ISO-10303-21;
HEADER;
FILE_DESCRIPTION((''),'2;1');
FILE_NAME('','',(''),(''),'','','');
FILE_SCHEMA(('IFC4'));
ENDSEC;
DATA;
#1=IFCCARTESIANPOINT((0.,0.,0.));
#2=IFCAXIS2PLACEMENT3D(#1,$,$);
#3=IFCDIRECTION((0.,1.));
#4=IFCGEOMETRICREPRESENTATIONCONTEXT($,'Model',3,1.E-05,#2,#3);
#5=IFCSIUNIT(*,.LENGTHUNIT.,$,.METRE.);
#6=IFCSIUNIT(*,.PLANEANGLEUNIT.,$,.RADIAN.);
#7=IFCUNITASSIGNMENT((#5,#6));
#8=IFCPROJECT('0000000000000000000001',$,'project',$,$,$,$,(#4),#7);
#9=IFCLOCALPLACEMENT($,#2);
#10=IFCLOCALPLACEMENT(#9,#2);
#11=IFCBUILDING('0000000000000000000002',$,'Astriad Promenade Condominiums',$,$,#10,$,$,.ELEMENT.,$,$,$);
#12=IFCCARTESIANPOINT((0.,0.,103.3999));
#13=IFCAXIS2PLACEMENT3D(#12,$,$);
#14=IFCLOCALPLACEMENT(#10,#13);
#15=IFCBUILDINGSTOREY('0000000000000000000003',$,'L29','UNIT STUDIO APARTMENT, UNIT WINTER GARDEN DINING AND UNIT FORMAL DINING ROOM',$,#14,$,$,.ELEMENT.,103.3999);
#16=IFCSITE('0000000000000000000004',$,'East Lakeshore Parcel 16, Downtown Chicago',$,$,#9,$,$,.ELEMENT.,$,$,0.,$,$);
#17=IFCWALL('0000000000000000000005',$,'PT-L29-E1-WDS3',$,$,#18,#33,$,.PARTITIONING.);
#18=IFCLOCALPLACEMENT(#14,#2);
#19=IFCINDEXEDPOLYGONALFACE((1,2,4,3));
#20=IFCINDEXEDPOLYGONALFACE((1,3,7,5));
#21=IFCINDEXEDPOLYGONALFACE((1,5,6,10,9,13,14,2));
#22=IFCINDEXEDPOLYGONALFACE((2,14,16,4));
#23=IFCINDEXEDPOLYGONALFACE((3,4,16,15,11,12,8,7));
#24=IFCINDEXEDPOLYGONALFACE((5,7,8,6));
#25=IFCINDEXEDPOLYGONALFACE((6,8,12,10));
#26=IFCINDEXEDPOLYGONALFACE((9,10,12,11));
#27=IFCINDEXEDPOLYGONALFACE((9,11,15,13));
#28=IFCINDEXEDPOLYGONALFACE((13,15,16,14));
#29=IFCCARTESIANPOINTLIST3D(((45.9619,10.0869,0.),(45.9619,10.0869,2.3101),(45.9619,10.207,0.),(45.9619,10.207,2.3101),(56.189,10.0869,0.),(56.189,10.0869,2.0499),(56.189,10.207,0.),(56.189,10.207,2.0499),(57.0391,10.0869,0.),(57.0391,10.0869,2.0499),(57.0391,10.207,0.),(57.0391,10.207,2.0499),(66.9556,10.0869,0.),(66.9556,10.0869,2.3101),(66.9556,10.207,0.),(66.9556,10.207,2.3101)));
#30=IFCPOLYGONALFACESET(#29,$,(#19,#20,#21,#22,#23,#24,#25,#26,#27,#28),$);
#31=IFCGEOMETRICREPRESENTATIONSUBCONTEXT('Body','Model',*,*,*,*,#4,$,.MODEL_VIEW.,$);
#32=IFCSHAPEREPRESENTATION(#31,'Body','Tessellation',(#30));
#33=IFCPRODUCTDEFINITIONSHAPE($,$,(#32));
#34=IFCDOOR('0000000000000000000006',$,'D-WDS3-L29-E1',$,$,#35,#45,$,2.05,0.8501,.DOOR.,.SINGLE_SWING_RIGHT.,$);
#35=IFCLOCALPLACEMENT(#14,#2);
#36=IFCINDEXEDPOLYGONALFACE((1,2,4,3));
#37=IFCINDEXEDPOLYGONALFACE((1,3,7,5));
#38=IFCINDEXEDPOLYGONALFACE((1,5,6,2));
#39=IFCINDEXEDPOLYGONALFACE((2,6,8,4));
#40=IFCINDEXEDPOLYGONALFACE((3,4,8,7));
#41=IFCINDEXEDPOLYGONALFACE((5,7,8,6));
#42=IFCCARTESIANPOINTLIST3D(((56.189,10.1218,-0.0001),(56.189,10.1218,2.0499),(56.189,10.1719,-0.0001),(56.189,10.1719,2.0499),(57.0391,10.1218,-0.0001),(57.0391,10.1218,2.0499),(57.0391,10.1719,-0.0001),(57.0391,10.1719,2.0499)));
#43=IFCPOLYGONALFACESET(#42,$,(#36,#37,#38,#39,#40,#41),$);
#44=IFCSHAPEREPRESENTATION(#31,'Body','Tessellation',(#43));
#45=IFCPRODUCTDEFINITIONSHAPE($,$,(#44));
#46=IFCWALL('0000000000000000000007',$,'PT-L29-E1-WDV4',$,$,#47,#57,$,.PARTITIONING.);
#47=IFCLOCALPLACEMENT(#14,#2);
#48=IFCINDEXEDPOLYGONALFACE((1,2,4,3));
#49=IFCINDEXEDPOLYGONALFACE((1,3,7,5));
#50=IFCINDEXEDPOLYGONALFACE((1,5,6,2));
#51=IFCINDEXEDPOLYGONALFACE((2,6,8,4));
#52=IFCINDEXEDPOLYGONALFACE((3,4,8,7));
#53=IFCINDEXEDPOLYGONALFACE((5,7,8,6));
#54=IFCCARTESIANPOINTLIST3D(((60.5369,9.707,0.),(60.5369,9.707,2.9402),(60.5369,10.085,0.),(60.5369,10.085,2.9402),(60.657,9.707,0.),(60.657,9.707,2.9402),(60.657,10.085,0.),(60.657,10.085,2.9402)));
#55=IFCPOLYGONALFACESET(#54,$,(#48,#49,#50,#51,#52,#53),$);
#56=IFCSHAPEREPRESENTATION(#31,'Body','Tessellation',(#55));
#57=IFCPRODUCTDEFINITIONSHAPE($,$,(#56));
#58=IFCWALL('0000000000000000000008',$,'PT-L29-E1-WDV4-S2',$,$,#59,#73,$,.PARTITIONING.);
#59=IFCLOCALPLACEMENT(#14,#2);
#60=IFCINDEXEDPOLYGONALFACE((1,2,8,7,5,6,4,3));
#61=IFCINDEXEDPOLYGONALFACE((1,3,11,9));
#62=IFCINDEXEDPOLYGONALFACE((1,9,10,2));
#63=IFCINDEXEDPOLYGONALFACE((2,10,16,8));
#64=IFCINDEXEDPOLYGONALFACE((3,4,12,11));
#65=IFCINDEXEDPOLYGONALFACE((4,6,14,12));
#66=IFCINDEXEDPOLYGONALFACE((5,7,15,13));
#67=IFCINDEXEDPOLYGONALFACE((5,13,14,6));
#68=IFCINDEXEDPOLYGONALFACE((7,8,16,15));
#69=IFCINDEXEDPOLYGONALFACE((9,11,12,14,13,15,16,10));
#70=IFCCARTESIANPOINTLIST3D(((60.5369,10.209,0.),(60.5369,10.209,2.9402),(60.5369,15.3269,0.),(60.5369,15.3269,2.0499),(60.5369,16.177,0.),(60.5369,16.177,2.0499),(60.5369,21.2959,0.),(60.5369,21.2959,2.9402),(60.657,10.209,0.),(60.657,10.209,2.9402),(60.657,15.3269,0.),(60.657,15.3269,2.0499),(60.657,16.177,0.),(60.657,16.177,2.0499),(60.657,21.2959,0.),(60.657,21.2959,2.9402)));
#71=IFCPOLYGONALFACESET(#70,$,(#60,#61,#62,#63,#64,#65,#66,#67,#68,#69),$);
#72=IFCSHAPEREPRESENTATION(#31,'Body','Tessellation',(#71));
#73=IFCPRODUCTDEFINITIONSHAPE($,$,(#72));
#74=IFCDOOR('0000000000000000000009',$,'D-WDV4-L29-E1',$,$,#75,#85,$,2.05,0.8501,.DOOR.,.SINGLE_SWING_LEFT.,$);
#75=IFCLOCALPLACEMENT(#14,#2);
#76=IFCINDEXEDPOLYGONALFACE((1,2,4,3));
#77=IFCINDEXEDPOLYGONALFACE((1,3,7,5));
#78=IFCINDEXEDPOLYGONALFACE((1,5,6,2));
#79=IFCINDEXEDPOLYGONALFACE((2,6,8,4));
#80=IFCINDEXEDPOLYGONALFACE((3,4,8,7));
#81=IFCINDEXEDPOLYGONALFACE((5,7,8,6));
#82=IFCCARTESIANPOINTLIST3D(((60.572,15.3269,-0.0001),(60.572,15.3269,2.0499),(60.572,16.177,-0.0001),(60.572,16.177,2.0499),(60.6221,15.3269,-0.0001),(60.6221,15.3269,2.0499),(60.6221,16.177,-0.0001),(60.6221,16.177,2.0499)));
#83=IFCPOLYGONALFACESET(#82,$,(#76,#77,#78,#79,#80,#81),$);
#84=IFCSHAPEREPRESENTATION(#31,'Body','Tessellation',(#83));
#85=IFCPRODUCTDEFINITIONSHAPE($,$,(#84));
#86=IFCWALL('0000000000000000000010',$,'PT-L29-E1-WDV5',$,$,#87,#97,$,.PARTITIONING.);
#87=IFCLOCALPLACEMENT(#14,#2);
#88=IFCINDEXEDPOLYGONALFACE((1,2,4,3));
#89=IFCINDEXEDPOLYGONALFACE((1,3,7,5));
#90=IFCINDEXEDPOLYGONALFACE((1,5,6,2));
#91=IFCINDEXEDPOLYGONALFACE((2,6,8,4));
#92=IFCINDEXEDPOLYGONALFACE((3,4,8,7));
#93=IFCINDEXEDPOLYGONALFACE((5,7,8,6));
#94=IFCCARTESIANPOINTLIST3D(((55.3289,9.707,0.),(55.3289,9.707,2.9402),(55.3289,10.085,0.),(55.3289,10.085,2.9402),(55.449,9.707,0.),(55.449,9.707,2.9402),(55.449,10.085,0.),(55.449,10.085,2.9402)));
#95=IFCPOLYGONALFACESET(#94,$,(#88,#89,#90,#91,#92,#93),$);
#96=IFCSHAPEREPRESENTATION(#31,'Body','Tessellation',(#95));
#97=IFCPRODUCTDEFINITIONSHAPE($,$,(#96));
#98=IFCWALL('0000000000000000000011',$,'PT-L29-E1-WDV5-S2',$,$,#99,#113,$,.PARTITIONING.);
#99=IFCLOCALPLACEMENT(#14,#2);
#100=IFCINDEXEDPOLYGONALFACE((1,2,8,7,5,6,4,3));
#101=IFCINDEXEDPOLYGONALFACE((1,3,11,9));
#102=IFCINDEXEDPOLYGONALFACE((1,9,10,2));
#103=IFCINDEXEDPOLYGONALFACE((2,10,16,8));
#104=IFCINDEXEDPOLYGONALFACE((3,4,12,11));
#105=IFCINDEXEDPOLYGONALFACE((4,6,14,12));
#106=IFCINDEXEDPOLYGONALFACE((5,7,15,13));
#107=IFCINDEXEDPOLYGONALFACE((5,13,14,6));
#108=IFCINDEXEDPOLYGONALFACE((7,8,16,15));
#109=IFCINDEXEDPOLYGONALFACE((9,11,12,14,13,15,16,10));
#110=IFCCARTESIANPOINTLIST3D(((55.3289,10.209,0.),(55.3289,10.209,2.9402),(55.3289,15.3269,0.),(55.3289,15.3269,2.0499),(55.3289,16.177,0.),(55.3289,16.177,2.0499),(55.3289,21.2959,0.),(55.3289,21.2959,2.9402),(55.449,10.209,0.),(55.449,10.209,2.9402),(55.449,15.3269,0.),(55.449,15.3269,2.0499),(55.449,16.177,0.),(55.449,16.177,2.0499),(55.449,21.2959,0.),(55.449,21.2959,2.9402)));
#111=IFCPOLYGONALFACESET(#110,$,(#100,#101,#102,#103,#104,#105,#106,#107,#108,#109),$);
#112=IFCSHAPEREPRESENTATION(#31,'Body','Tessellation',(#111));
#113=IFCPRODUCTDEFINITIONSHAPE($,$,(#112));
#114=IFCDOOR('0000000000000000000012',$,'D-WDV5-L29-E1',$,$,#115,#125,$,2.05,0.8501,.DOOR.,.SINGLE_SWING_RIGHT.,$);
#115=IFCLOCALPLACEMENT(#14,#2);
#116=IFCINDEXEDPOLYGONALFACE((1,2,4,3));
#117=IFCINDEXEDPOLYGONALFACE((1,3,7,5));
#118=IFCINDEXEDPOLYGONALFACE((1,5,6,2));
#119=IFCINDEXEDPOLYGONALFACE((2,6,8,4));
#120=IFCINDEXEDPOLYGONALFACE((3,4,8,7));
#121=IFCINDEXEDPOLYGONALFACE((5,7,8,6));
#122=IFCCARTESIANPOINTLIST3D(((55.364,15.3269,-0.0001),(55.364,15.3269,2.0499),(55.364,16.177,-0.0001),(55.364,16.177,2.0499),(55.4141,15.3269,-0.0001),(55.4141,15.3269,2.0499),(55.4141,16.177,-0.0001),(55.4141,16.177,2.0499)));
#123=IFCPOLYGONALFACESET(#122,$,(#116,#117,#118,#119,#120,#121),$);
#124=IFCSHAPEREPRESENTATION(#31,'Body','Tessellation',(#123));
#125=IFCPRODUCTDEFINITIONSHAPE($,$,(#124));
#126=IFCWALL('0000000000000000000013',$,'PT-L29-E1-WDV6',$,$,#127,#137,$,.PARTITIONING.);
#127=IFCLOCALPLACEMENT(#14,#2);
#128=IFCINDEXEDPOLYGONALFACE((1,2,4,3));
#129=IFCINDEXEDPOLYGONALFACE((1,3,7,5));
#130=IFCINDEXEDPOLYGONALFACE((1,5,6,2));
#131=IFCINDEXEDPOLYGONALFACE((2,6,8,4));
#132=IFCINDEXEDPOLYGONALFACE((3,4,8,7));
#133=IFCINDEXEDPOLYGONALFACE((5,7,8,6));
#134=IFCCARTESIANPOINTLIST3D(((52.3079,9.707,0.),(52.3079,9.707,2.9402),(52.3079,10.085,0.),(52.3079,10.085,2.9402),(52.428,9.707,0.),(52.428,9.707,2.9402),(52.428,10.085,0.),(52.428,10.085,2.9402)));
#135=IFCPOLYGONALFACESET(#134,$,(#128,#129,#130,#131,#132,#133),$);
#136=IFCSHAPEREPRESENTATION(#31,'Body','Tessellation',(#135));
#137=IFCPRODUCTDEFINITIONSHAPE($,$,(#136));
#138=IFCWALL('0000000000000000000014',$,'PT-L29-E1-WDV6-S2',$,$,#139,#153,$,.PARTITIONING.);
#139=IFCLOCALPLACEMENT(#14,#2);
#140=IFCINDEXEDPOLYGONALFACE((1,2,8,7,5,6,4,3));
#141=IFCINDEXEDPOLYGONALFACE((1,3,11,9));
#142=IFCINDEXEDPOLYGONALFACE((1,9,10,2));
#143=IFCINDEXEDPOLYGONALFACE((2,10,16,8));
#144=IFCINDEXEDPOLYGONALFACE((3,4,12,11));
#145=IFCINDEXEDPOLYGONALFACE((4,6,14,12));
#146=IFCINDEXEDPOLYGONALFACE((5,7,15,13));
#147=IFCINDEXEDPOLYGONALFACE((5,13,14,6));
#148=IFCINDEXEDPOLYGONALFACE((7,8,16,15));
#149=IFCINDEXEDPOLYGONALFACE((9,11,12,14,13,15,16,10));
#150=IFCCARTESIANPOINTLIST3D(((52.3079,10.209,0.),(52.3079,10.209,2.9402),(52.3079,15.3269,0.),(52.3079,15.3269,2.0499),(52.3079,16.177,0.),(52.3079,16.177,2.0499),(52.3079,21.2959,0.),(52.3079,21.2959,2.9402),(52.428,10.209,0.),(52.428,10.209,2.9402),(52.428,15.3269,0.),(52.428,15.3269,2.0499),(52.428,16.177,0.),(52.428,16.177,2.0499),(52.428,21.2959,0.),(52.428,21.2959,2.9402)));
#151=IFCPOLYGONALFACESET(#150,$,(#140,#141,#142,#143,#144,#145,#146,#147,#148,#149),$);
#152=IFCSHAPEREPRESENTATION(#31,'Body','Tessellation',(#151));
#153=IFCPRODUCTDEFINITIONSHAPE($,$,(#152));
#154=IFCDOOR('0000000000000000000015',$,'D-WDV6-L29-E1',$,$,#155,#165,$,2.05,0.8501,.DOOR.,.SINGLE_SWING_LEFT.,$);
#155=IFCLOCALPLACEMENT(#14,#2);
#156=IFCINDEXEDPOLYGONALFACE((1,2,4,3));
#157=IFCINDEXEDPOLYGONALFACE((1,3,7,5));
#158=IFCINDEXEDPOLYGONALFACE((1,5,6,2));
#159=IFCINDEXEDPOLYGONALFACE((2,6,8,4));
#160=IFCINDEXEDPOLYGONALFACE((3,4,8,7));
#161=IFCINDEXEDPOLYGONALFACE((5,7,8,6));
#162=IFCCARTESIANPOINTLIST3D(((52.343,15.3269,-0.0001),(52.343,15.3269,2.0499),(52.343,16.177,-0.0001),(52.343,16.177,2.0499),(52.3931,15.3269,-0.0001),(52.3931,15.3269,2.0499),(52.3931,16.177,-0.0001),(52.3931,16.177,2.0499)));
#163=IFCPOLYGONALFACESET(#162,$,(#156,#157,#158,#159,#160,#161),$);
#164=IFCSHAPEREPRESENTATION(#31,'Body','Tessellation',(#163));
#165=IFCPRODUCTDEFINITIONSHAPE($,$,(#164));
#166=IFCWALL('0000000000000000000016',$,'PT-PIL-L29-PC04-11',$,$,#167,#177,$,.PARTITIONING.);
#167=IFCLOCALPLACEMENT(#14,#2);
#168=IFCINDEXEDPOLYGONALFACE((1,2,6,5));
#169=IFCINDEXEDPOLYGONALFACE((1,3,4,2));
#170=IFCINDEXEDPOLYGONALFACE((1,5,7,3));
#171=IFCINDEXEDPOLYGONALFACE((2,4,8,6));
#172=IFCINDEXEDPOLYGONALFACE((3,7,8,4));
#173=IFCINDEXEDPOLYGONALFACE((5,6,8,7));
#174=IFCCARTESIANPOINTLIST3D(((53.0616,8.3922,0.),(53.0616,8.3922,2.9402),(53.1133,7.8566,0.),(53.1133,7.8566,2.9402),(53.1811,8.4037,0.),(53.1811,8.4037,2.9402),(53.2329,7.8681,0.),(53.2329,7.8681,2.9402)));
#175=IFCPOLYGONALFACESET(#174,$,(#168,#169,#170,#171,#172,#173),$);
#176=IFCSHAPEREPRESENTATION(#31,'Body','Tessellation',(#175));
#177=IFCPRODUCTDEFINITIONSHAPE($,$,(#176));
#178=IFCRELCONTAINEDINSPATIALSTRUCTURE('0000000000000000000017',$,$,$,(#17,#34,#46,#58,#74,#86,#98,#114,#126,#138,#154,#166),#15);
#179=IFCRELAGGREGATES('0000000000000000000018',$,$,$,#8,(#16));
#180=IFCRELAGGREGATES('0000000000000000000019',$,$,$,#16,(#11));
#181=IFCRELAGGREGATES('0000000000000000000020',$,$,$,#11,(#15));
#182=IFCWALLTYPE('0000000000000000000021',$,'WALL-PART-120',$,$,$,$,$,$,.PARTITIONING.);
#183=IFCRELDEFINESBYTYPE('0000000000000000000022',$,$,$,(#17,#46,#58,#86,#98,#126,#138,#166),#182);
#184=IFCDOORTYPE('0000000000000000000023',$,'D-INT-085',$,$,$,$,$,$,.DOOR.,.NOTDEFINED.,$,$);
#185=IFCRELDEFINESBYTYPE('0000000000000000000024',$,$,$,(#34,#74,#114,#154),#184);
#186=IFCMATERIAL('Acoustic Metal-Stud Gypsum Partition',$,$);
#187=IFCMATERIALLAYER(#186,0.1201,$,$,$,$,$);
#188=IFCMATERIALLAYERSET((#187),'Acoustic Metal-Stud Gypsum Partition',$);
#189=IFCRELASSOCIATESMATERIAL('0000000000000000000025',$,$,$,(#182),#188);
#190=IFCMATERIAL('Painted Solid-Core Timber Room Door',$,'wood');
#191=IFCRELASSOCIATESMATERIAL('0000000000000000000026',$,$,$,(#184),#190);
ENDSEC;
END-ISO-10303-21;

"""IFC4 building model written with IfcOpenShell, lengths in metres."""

from ifc_helpers import new_model, si_unit, direction, frame, frame_2d, origin, place, context, subcontext, project, spatial, rectangle, extrude, source, transform, mapped, material, layer, layer_set, type_object, type_shapes, element, fill, save


model = new_model("IFC4")

# Units and contexts
model_context = context("Model", 3, precision=1e-05, world=origin(), true_north=direction((0.0, 1.0)))
body_context = subcontext(model_context, "Body", "Model", "MODEL_VIEW")
ifc_project = project(units=[si_unit("LENGTHUNIT", "METRE"), si_unit("PLANEANGLEUNIT", "RADIAN")], contexts=[model_context])

# Site, building, storey
site_placement = place(None, origin())
site = spatial("IfcSite", under=ifc_project, at=site_placement, Name="East Lakeshore Parcel 16, Downtown Chicago", CompositionType="ELEMENT", RefElevation=0.0)
building_placement = place(site_placement, origin())
building = spatial("IfcBuilding", under=site, at=building_placement, Name="Astriad Promenade Condominiums", CompositionType="ELEMENT")
storey_placement = place(building_placement, frame((0.0, 0.0, 103.3999)))
storey = spatial("IfcBuildingStorey", under=building, at=storey_placement, Name="L29", Description="UNIT STUDIO APARTMENT, UNIT WINTER GARDEN DINING AND UNIT FORMAL DINING ROOM", CompositionType="ELEMENT", Elevation=103.3999)

# Wall, opening, door
ifc_material_1 = material(Name="Acoustic Metal-Stud Gypsum Partition")
ifc_layer_1 = layer(ifc_material_1, 0.1201)
ifc_layer_set_1 = layer_set([ifc_layer_1], Name="Acoustic Metal-Stud Gypsum Partition")
wall_type = type_object("IfcWallType", Name="WALL-PART-120", PredefinedType="PARTITIONING", material=ifc_layer_set_1)
wall_1_placement = place(storey_placement, frame((45.9619, 10.147, 0.0), z_axis=(0.0, 0.0, 1.0), x_axis=(1.0, 0.0, 0.0)))
wall_1 = element("IfcWall", 1, at=wall_1_placement, inside=storey, type_object=wall_type, Name="PT-L29-E1-WDS3", PredefinedType="PARTITIONING", context=body_context, shape_type="SweptSolid", body=[
    extrude(rectangle(XDim=20.9937, YDim=0.1201, at=frame_2d((10.4968, 0.0))), origin(), (0.0, 0.0, 1.0), 2.3101),
])
opening_1_placement = place(wall_1_placement, frame((10.2271, 0.0, 0.0)))
opening_1 = element("IfcOpeningElement", 2, at=opening_1_placement, cuts=wall_1, PredefinedType="OPENING", context=body_context, shape_type="SweptSolid", body=[
    extrude(rectangle(XDim=0.8501, YDim=2.05, at=frame_2d((0.425, 1.0249))), frame((0.0, 0.0701, 0.0), z_axis=(0.0, -1.0, 0.0), x_axis=(1.0, 0.0, 0.0)), (0.0, 0.0, 1.0), 0.1401),
])
ifc_material_2 = material(Name="Painted Solid-Core Timber Room Door", Category="wood")
door_type = type_object("IfcDoorType", Name="D-INT-085", OperationType="NOTDEFINED", PredefinedType="DOOR", material=ifc_material_2)
shared_shape_1 = source(origin(), body_context, "Body", "SweptSolid", [
    extrude(rectangle(XDim=0.8501, YDim=2.05, at=frame_2d((0.425, 1.0249))), frame((0.0, 0.0249, 0.0), z_axis=(0.0, -1.0, 0.0), x_axis=(1.0, 0.0, 0.0)), (0.0, 0.0, 1.0), 0.05),
])
type_shapes(door_type, [shared_shape_1])
door_1_placement = place(opening_1_placement, origin())
door_1 = element("IfcDoor", 3, at=door_1_placement, inside=storey, type_object=door_type, Name="D-WDS3-L29-E1", OperationType="SINGLE_SWING_RIGHT", OverallHeight=2.05, OverallWidth=0.8501, PredefinedType="DOOR", context=body_context, shape_type="MappedRepresentation", body=[
    mapped(shared_shape_1, transform((0.0, 0.0, 0.0), scale=1.0)),
])
fill(opening_1, door_1)

# Wall
wall_2_placement = place(storey_placement, frame((60.5969, 9.707, 0.0), z_axis=(0.0, 0.0, 1.0), x_axis=(0.0, 1.0, 0.0)))
element("IfcWall", 4, at=wall_2_placement, inside=storey, type_object=wall_type, Name="PT-L29-E1-WDV4", PredefinedType="PARTITIONING", context=body_context, shape_type="SweptSolid", body=[
    extrude(rectangle(XDim=0.3779, YDim=0.1201, at=frame_2d((0.189, 0.0))), origin(), (0.0, 0.0, 1.0), 2.9402),
])

# Wall, opening, door
wall_3_placement = place(storey_placement, frame((60.5969, 10.209, 0.0), z_axis=(0.0, 0.0, 1.0), x_axis=(0.0, 1.0, 0.0)))
wall_3 = element("IfcWall", 5, at=wall_3_placement, inside=storey, type_object=wall_type, Name="PT-L29-E1-WDV4-S2", PredefinedType="PARTITIONING", context=body_context, shape_type="SweptSolid", body=[
    extrude(rectangle(XDim=11.0869, YDim=0.1201, at=frame_2d((5.5435, 0.0))), origin(), (0.0, 0.0, 1.0), 2.9402),
])
opening_2_placement = place(wall_3_placement, frame((5.1179, 0.0, 0.0)))
opening_2 = element("IfcOpeningElement", 6, at=opening_2_placement, cuts=wall_3, PredefinedType="OPENING", context=body_context, shape_type="SweptSolid", body=[
    extrude(rectangle(XDim=0.8501, YDim=2.05, at=frame_2d((0.425, 1.0249))), frame((0.0, 0.0701, 0.0), z_axis=(0.0, -1.0, 0.0), x_axis=(1.0, 0.0, 0.0)), (0.0, 0.0, 1.0), 0.1401),
])
door_2_placement = place(opening_2_placement, origin())
door_2 = element("IfcDoor", 7, at=door_2_placement, inside=storey, type_object=door_type, Name="D-WDV4-L29-E1", OperationType="SINGLE_SWING_LEFT", OverallHeight=2.05, OverallWidth=0.8501, PredefinedType="DOOR", context=body_context, shape_type="MappedRepresentation", body=[
    mapped(shared_shape_1, transform((0.0, 0.0, 0.0), scale=1.0)),
])
fill(opening_2, door_2)

# Wall
wall_4_placement = place(storey_placement, frame((55.3889, 9.707, 0.0), z_axis=(0.0, 0.0, 1.0), x_axis=(0.0, 1.0, 0.0)))
element("IfcWall", 8, at=wall_4_placement, inside=storey, type_object=wall_type, Name="PT-L29-E1-WDV5", PredefinedType="PARTITIONING", context=body_context, shape_type="SweptSolid", body=[
    extrude(rectangle(XDim=0.3779, YDim=0.1201, at=frame_2d((0.189, 0.0))), origin(), (0.0, 0.0, 1.0), 2.9402),
])

# Wall, opening, door
wall_5_placement = place(storey_placement, frame((55.3889, 10.209, 0.0), z_axis=(0.0, 0.0, 1.0), x_axis=(0.0, 1.0, 0.0)))
wall_5 = element("IfcWall", 9, at=wall_5_placement, inside=storey, type_object=wall_type, Name="PT-L29-E1-WDV5-S2", PredefinedType="PARTITIONING", context=body_context, shape_type="SweptSolid", body=[
    extrude(rectangle(XDim=11.0869, YDim=0.1201, at=frame_2d((5.5435, 0.0))), origin(), (0.0, 0.0, 1.0), 2.9402),
])
opening_3_placement = place(wall_5_placement, frame((5.1179, 0.0, 0.0)))
opening_3 = element("IfcOpeningElement", 10, at=opening_3_placement, cuts=wall_5, PredefinedType="OPENING", context=body_context, shape_type="SweptSolid", body=[
    extrude(rectangle(XDim=0.8501, YDim=2.05, at=frame_2d((0.425, 1.0249))), frame((0.0, 0.0701, 0.0), z_axis=(0.0, -1.0, 0.0), x_axis=(1.0, 0.0, 0.0)), (0.0, 0.0, 1.0), 0.1401),
])
door_3_placement = place(opening_3_placement, origin())
door_3 = element("IfcDoor", 11, at=door_3_placement, inside=storey, type_object=door_type, Name="D-WDV5-L29-E1", OperationType="SINGLE_SWING_RIGHT", OverallHeight=2.05, OverallWidth=0.8501, PredefinedType="DOOR", context=body_context, shape_type="MappedRepresentation", body=[
    mapped(shared_shape_1, transform((0.0, 0.0, 0.0), scale=1.0)),
])
fill(opening_3, door_3)

# Wall
wall_6_placement = place(storey_placement, frame((52.3679, 9.707, 0.0), z_axis=(0.0, 0.0, 1.0), x_axis=(0.0, 1.0, 0.0)))
element("IfcWall", 12, at=wall_6_placement, inside=storey, type_object=wall_type, Name="PT-L29-E1-WDV6", PredefinedType="PARTITIONING", context=body_context, shape_type="SweptSolid", body=[
    extrude(rectangle(XDim=0.3779, YDim=0.1201, at=frame_2d((0.189, 0.0))), origin(), (0.0, 0.0, 1.0), 2.9402),
])

# Wall, opening, door
wall_7_placement = place(storey_placement, frame((52.3679, 10.209, 0.0), z_axis=(0.0, 0.0, 1.0), x_axis=(0.0, 1.0, 0.0)))
wall_7 = element("IfcWall", 13, at=wall_7_placement, inside=storey, type_object=wall_type, Name="PT-L29-E1-WDV6-S2", PredefinedType="PARTITIONING", context=body_context, shape_type="SweptSolid", body=[
    extrude(rectangle(XDim=11.0869, YDim=0.1201, at=frame_2d((5.5435, 0.0))), origin(), (0.0, 0.0, 1.0), 2.9402),
])
opening_4_placement = place(wall_7_placement, frame((5.1179, 0.0, 0.0)))
opening_4 = element("IfcOpeningElement", 14, at=opening_4_placement, cuts=wall_7, PredefinedType="OPENING", context=body_context, shape_type="SweptSolid", body=[
    extrude(rectangle(XDim=0.8501, YDim=2.05, at=frame_2d((0.425, 1.0249))), frame((0.0, 0.0701, 0.0), z_axis=(0.0, -1.0, 0.0), x_axis=(1.0, 0.0, 0.0)), (0.0, 0.0, 1.0), 0.1401),
])
door_4_placement = place(opening_4_placement, origin())
door_4 = element("IfcDoor", 15, at=door_4_placement, inside=storey, type_object=door_type, Name="D-WDV6-L29-E1", OperationType="SINGLE_SWING_LEFT", OverallHeight=2.05, OverallWidth=0.8501, PredefinedType="DOOR", context=body_context, shape_type="MappedRepresentation", body=[
    mapped(shared_shape_1, transform((0.0, 0.0, 0.0), scale=1.0)),
])
fill(opening_4, door_4)

# Wall
wall_8_placement = place(storey_placement, frame((53.1213, 8.3979, 0.0), z_axis=(0.0, 0.0, 1.0), x_axis=(0.096179, -0.995364, 0.0)))
element("IfcWall", 16, at=wall_8_placement, inside=storey, type_object=wall_type, Name="PT-PIL-L29-PC04-11", PredefinedType="PARTITIONING", context=body_context, shape_type="SweptSolid", body=[
    extrude(rectangle(XDim=0.5381, YDim=0.1201, at=frame_2d((0.269, 0.0))), origin(), (0.0, 0.0, 1.0), 2.9402),
])

save(model, "model.ifc")
